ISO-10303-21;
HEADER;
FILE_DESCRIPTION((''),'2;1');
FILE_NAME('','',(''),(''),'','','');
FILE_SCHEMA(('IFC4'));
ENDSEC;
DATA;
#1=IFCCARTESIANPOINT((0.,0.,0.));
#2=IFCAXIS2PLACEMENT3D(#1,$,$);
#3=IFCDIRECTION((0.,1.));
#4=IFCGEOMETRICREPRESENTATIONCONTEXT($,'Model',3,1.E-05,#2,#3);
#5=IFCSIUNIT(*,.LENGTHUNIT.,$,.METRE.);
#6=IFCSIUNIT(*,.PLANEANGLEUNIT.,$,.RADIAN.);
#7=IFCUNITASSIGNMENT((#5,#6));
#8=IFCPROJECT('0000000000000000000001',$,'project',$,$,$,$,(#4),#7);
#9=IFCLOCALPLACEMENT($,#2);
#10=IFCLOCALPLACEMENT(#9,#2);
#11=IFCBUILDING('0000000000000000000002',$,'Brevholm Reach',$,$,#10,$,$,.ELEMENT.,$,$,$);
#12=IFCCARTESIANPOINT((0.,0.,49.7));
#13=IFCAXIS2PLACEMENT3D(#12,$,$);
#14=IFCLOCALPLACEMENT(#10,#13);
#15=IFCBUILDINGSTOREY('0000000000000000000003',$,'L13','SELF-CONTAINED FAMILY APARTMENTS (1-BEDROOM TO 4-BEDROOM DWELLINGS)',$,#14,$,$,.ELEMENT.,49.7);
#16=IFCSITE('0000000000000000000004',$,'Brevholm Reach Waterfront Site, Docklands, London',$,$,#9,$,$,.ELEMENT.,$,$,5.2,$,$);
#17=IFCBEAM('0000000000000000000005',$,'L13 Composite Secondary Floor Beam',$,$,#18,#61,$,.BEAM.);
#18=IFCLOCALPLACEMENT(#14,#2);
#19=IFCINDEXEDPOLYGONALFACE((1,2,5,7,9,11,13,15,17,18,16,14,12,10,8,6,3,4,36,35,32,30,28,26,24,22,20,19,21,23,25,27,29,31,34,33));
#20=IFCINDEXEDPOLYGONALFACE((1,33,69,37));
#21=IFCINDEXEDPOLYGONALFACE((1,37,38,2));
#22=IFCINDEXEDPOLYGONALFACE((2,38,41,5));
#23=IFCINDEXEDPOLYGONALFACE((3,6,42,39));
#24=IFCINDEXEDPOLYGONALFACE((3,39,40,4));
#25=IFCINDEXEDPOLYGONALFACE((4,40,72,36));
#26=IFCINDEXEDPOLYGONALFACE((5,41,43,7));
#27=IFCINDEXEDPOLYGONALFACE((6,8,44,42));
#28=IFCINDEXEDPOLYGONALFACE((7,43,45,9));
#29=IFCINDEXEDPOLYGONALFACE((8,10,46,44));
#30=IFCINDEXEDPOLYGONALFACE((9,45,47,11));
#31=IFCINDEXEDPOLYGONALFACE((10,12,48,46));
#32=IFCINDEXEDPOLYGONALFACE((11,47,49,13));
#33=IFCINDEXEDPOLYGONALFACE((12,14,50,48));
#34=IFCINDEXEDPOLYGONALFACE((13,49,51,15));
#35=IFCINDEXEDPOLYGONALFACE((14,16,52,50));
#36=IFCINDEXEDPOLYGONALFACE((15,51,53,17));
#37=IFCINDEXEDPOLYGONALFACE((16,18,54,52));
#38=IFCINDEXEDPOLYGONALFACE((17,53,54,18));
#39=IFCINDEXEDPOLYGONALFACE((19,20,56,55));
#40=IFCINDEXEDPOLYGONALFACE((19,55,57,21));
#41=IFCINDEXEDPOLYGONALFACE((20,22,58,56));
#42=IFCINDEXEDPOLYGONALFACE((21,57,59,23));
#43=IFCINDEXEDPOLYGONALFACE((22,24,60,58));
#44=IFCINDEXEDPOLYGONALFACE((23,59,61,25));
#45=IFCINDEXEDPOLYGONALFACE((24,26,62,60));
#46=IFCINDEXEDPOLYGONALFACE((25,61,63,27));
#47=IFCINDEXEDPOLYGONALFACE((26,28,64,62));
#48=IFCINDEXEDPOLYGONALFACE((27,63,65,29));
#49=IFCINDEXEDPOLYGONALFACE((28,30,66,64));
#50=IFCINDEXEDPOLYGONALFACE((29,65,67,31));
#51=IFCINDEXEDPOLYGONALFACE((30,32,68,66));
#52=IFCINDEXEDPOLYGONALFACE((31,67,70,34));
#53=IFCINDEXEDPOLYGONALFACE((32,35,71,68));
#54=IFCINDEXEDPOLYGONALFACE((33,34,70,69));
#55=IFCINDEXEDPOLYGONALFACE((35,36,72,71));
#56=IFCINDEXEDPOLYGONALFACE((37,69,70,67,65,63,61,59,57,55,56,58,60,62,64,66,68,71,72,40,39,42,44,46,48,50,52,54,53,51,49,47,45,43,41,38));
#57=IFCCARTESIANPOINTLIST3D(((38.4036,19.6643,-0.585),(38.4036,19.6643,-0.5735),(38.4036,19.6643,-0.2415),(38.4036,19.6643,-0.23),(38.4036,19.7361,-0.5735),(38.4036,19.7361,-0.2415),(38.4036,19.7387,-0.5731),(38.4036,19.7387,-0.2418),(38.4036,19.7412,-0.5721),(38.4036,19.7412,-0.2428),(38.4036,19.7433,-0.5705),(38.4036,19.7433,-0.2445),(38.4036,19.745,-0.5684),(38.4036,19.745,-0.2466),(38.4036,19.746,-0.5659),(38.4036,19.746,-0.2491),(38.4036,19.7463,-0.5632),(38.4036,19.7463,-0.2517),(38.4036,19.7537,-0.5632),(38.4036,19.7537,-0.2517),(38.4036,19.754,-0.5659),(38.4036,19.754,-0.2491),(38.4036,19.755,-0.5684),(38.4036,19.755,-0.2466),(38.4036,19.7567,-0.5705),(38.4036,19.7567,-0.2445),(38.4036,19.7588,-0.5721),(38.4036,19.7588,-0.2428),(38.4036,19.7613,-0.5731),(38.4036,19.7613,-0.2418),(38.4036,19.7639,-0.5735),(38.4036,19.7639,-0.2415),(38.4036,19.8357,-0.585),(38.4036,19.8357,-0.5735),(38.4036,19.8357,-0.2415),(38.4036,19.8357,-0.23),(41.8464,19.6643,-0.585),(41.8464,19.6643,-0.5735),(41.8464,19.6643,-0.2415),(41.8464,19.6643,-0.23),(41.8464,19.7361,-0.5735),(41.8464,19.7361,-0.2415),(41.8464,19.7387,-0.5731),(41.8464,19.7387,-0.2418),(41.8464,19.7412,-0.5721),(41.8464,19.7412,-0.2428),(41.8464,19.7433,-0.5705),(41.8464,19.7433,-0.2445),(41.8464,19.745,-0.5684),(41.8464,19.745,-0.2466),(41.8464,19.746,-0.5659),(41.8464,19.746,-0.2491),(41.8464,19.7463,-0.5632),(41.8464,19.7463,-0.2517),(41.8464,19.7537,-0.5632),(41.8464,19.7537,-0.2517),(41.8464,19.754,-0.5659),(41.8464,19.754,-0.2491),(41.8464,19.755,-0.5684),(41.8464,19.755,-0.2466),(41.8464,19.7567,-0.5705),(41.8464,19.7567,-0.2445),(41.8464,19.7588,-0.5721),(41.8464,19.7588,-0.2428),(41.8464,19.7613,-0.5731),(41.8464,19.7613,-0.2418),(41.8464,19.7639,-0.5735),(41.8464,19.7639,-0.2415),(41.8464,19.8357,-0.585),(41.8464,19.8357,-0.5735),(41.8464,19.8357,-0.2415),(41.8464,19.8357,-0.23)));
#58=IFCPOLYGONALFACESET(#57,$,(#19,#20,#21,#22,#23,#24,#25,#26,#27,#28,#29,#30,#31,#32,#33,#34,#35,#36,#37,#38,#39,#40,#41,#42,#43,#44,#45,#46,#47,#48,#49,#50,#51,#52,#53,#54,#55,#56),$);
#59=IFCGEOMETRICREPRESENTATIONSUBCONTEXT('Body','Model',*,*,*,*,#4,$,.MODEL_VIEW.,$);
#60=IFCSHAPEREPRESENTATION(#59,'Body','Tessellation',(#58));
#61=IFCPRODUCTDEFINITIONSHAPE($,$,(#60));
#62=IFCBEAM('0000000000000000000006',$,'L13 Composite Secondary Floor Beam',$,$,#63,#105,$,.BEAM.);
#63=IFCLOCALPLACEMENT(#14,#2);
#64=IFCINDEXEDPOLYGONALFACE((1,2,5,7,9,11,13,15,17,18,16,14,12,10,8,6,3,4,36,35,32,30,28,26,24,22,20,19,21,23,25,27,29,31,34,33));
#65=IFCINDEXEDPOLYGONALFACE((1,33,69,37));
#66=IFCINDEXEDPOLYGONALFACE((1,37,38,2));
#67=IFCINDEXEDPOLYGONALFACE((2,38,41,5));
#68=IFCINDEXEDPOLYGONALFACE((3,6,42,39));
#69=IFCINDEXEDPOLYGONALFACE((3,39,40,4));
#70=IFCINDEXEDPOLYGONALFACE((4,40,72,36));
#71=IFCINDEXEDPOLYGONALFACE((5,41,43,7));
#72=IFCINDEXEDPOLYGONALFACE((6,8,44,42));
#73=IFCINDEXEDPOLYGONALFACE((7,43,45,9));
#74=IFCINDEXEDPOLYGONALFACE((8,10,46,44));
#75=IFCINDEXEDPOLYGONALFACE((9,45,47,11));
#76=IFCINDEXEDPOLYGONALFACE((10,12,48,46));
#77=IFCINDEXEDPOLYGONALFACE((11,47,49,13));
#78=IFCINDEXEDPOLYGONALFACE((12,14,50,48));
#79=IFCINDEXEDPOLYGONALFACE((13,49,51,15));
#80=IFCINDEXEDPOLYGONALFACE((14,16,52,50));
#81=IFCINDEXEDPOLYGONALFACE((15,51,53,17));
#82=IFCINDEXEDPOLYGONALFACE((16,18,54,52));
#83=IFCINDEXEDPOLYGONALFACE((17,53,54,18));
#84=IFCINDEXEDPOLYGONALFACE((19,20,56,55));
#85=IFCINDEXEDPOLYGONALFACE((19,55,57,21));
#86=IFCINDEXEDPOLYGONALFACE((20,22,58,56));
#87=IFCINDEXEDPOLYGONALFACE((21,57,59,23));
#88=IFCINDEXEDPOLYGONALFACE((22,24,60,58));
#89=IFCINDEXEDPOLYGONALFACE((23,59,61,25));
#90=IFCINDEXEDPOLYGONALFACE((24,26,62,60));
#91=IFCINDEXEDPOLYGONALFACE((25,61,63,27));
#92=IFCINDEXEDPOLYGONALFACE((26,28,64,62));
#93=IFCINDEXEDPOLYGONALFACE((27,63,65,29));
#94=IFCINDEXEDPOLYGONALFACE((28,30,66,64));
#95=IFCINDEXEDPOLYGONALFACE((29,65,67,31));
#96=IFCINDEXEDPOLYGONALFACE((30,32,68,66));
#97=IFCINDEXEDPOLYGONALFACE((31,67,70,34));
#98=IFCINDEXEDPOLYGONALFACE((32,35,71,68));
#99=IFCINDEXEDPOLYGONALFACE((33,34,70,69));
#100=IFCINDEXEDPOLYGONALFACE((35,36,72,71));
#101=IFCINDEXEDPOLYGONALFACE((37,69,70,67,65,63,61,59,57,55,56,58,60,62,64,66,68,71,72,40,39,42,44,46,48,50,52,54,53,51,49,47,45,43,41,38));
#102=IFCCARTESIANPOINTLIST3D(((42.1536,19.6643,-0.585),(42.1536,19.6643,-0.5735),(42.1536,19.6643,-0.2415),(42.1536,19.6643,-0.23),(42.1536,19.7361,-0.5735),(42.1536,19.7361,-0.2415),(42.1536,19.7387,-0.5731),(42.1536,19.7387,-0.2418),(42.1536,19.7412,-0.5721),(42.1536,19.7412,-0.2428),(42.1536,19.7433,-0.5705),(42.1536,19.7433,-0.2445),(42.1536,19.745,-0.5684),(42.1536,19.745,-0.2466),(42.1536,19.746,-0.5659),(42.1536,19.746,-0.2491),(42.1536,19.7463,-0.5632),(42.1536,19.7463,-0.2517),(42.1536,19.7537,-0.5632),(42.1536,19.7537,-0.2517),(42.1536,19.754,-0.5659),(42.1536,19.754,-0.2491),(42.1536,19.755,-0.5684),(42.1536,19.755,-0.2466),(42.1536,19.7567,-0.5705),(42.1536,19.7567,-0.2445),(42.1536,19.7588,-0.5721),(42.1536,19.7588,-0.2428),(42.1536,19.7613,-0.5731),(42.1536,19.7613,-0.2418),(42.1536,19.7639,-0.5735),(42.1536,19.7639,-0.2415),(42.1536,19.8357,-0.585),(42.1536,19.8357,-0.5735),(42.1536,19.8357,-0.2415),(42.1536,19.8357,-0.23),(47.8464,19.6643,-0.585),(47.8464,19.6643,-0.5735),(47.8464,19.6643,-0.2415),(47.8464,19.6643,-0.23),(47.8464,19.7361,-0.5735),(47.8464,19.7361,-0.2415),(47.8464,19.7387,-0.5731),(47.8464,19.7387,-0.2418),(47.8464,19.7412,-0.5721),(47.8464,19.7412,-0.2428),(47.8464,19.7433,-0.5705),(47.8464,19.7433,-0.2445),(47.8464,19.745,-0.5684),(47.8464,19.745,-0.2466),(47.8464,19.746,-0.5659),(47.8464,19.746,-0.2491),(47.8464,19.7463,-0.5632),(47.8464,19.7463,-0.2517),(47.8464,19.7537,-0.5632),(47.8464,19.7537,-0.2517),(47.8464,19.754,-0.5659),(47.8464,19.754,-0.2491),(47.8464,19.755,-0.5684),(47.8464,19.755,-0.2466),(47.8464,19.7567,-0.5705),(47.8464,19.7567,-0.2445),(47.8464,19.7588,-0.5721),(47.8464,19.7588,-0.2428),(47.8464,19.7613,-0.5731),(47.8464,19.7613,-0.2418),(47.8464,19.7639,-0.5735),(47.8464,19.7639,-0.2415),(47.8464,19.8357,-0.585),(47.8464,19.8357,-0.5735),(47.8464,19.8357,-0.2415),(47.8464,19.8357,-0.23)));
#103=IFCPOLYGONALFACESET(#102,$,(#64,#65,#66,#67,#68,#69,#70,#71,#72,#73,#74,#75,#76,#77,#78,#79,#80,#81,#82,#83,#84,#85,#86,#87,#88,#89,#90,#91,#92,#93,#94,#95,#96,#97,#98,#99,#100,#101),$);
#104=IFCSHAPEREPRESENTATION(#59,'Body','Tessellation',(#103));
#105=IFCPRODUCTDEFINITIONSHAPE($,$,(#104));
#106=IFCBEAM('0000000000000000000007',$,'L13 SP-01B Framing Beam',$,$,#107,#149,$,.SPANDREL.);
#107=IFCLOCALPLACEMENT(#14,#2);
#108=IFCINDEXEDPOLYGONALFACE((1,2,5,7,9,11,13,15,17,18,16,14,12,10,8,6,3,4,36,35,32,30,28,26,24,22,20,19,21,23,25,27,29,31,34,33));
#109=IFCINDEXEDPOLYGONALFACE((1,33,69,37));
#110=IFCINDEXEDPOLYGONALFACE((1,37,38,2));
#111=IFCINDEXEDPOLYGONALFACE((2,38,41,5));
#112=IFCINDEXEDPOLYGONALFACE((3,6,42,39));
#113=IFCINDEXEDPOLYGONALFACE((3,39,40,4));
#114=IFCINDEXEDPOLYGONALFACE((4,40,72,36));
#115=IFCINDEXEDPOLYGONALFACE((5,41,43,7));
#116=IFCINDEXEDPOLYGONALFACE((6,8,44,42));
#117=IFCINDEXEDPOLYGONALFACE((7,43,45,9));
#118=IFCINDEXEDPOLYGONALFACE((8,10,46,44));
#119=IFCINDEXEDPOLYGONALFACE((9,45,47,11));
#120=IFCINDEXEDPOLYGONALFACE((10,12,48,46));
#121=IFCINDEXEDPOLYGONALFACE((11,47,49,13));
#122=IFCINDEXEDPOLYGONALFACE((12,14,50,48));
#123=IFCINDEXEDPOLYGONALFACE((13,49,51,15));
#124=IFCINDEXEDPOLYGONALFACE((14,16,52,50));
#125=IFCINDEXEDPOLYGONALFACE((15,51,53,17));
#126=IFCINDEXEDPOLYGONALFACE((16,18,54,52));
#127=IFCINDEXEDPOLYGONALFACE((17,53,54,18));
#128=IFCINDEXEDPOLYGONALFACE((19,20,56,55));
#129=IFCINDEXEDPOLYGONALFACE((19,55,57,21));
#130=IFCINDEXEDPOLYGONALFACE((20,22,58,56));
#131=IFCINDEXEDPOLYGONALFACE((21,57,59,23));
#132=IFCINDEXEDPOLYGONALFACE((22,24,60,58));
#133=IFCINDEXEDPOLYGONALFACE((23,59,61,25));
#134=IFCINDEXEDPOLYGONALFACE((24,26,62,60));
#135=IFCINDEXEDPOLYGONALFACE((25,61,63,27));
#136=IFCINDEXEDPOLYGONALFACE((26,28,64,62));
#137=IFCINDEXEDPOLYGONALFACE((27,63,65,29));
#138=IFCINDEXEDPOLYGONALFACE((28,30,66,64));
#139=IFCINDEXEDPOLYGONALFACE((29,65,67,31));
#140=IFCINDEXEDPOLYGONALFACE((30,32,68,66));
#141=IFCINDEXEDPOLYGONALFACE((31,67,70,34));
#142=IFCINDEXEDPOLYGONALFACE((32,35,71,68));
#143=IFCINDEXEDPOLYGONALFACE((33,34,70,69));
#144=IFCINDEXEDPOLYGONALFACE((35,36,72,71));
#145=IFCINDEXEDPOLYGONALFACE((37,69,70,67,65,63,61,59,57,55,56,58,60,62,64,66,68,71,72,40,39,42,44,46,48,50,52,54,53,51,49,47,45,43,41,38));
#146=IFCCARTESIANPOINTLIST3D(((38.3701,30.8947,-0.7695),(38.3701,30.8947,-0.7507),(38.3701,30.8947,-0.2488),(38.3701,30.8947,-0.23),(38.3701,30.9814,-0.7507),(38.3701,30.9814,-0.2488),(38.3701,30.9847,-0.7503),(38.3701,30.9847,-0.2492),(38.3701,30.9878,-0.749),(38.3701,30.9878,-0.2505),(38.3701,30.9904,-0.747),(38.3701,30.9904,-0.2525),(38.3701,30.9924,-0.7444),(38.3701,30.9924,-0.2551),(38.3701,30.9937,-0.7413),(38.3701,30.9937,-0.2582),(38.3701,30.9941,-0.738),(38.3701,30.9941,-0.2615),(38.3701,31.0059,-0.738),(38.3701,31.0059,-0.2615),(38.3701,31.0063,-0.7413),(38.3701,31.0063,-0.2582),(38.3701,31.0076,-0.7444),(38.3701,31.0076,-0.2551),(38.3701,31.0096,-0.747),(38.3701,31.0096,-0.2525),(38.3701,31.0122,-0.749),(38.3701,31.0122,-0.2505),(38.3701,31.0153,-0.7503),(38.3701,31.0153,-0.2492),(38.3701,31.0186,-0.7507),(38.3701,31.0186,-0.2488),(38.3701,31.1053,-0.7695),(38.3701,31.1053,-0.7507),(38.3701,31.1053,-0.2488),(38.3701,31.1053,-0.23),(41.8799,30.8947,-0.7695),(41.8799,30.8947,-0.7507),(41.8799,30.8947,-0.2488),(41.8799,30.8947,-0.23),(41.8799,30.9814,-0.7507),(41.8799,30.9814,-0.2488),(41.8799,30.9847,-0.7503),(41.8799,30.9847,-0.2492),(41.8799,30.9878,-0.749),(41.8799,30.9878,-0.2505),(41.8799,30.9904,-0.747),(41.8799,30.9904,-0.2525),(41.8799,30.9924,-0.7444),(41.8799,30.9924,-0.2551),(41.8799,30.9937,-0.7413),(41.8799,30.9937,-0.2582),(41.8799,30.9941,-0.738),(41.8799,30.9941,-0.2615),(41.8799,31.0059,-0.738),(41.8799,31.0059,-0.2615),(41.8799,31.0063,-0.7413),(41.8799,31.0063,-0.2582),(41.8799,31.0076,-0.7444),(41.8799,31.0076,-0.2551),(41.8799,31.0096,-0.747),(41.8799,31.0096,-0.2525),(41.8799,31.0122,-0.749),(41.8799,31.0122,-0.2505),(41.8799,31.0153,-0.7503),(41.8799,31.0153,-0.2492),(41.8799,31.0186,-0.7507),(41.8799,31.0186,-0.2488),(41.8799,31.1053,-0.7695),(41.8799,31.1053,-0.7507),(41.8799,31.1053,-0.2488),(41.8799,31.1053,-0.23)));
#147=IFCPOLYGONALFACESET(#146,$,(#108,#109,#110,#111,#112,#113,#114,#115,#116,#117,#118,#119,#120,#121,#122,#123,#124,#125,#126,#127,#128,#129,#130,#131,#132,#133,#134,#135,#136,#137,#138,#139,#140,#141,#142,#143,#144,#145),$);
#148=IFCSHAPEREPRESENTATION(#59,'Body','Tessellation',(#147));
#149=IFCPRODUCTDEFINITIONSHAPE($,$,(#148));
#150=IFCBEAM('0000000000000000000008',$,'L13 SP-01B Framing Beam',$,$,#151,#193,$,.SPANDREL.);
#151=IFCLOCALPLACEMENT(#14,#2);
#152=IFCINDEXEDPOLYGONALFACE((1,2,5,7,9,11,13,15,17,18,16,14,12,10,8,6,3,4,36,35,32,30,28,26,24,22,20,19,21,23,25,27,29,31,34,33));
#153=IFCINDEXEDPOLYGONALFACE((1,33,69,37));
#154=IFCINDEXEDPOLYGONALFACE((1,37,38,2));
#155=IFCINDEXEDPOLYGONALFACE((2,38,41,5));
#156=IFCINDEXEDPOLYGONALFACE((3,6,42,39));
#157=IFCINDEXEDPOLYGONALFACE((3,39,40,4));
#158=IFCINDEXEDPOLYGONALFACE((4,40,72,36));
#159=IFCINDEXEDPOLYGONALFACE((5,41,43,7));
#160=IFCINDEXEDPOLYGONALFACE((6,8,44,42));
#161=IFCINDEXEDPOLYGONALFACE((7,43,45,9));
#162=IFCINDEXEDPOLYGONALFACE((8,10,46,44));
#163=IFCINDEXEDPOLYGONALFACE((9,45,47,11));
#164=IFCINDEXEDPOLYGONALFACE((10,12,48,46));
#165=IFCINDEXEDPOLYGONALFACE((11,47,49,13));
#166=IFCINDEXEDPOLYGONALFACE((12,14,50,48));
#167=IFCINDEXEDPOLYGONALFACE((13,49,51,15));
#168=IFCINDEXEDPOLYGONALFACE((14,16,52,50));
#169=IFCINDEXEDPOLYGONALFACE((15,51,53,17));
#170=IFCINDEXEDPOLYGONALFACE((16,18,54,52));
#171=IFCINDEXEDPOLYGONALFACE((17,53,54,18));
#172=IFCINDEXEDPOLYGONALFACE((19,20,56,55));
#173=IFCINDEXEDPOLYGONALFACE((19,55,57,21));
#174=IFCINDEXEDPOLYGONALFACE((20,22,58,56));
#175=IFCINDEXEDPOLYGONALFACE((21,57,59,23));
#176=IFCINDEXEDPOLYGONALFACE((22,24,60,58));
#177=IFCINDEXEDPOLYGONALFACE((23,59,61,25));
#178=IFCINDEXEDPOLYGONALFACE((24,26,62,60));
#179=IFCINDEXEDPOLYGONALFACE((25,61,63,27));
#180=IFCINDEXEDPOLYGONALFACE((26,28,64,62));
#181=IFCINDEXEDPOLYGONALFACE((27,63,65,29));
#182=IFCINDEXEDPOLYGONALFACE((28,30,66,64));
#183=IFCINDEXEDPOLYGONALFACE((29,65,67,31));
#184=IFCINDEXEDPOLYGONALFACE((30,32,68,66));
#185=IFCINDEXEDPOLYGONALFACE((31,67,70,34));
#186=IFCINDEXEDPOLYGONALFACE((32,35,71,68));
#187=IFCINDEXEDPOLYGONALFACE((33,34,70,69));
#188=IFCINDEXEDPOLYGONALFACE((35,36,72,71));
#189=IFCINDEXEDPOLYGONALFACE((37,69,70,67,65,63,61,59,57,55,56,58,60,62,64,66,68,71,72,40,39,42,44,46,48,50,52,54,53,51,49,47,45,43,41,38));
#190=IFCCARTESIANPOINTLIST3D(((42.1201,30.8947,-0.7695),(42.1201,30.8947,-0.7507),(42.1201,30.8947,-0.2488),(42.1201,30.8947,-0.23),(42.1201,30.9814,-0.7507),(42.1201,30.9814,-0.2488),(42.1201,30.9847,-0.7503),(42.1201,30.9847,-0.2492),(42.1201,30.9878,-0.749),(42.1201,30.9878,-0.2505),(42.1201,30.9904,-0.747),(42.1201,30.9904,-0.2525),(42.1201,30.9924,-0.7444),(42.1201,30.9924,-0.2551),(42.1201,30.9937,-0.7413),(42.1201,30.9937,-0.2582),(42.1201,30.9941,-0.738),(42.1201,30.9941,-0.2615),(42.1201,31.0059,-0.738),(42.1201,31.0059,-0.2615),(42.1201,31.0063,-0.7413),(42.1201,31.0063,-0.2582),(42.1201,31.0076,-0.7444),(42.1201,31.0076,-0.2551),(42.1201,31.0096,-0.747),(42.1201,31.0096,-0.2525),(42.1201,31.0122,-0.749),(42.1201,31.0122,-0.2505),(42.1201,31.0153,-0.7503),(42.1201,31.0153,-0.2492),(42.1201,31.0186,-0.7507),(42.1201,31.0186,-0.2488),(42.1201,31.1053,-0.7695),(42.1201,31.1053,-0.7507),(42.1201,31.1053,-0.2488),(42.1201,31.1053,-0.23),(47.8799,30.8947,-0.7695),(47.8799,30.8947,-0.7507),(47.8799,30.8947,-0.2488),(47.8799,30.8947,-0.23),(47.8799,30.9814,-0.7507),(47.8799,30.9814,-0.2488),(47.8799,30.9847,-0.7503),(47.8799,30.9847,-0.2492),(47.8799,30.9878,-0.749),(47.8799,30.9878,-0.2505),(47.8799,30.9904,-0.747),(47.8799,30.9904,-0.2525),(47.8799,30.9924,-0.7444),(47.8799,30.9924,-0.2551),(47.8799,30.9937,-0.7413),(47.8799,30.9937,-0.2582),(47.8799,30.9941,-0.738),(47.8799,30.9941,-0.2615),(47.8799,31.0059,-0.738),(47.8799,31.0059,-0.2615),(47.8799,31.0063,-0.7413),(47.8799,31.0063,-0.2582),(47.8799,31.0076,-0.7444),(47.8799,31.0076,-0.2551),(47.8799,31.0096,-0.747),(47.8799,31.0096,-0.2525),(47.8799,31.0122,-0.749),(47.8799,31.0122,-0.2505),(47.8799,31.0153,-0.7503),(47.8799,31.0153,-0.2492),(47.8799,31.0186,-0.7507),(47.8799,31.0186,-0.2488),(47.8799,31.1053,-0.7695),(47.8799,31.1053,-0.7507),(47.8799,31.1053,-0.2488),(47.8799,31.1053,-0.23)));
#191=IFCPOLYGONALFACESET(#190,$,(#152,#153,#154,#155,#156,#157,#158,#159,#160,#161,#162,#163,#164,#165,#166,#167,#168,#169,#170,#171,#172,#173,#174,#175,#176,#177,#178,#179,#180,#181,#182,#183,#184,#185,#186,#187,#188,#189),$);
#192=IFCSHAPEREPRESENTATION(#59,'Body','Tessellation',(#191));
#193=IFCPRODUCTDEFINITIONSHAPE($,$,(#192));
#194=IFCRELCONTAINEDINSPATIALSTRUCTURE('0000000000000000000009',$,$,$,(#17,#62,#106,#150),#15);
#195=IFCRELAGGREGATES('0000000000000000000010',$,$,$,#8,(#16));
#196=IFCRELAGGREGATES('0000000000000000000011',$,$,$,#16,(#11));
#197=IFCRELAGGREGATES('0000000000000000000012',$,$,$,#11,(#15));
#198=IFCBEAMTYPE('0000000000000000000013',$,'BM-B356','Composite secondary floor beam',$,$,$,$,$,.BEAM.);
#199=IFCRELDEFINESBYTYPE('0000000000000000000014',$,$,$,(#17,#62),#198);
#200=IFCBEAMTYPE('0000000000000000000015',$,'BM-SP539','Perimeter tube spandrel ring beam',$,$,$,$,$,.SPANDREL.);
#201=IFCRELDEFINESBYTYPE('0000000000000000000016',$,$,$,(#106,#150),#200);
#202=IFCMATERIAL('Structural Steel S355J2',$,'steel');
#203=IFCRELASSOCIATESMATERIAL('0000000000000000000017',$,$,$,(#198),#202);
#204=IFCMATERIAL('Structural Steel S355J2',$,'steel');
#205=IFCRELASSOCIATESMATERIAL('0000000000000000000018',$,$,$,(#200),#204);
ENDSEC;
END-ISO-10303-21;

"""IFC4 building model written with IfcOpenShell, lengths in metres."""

from ifc_helpers import new_model, si_unit, direction, frame, origin, origin_2d, place, context, subcontext, project, spatial, i_section, extrude, material, material_profile, profile_set, type_object, element, save


model = new_model("IFC4")

# Units and contexts
model_context = context("Model", 3, precision=1e-05, world=origin(), true_north=direction((0.0, 1.0)))
body_context = subcontext(model_context, "Body", "Model", "MODEL_VIEW")
ifc_project = project(units=[si_unit("LENGTHUNIT", "METRE"), si_unit("PLANEANGLEUNIT", "RADIAN")], contexts=[model_context])

# Site, building, storey
site_placement = place(None, origin())
site = spatial("IfcSite", under=ifc_project, at=site_placement, Name="Brevholm Reach Waterfront Site, Docklands, London", CompositionType="ELEMENT", RefElevation=5.2)
building_placement = place(site_placement, origin())
building = spatial("IfcBuilding", under=site, at=building_placement, Name="Brevholm Reach", CompositionType="ELEMENT")
storey_placement = place(building_placement, frame((0.0, 0.0, 49.7)))
storey = spatial("IfcBuildingStorey", under=building, at=storey_placement, Name="L13", Description="SELF-CONTAINED FAMILY APARTMENTS (1-BEDROOM TO 4-BEDROOM DWELLINGS)", CompositionType="ELEMENT", Elevation=49.7)

# Beams
ifc_material_1 = material(Name="Structural Steel S355J2", Category="steel")
ifc_material_profile_1 = material_profile(ifc_material_1, i_section(OverallWidth=0.1714, OverallDepth=0.355, WebThickness=0.0073, FlangeThickness=0.0115, FilletRadius=0.0103, at=origin_2d()), Name="UKB 356x171x51")
ifc_profile_set_1 = profile_set([ifc_material_profile_1], Name="Structural Steel S355J2")
beam_type_1 = type_object("IfcBeamType", Name="BM-B356", Description="Composite secondary floor beam", PredefinedType="BEAM", material=ifc_profile_set_1)
beam_1_placement = place(storey_placement, frame((38.4036, 19.75, -0.4075), z_axis=(1.0, 0.0, 0.0), x_axis=(0.0, 1.0, 0.0)))
element("IfcBeam", 1, at=beam_1_placement, inside=storey, type_object=beam_type_1, Name="L13 Composite Secondary Floor Beam", PredefinedType="BEAM", context=body_context, shape_type="SweptSolid", body=[
    extrude(i_section(OverallWidth=0.1714, OverallDepth=0.355, WebThickness=0.0073, FlangeThickness=0.0115, FilletRadius=0.0103, at=origin_2d()), origin(), (0.0, 0.0, 1.0), 3.4429),
])
beam_2_placement = place(storey_placement, frame((42.1536, 19.75, -0.4075), z_axis=(1.0, 0.0, 0.0), x_axis=(0.0, 1.0, 0.0)))
element("IfcBeam", 2, at=beam_2_placement, inside=storey, type_object=beam_type_1, Name="L13 Composite Secondary Floor Beam", PredefinedType="BEAM", context=body_context, shape_type="SweptSolid", body=[
    extrude(i_section(OverallWidth=0.1714, OverallDepth=0.355, WebThickness=0.0073, FlangeThickness=0.0115, FilletRadius=0.0103, at=origin_2d()), origin(), (0.0, 0.0, 1.0), 5.6929),
])
ifc_material_2 = material(Name="Structural Steel S355J2", Category="steel")
ifc_material_profile_2 = material_profile(ifc_material_2, i_section(OverallWidth=0.2107, OverallDepth=0.5396, WebThickness=0.0117, FlangeThickness=0.0188, FilletRadius=0.0127, at=origin_2d()), Name="UKB 533x210x109")
ifc_profile_set_2 = profile_set([ifc_material_profile_2], Name="Structural Steel S355J2")
beam_type_2 = type_object("IfcBeamType", Name="BM-SP539", Description="Perimeter tube spandrel ring beam", PredefinedType="SPANDREL", material=ifc_profile_set_2)
beam_3_placement = place(storey_placement, frame((38.3701, 31.0, -0.4998), z_axis=(1.0, 0.0, 0.0), x_axis=(0.0, 1.0, 0.0)))
element("IfcBeam", 3, at=beam_3_placement, inside=storey, type_object=beam_type_2, Name="L13 SP-01B Framing Beam", PredefinedType="SPANDREL", context=body_context, shape_type="SweptSolid", body=[
    extrude(i_section(OverallWidth=0.2107, OverallDepth=0.5396, WebThickness=0.0117, FlangeThickness=0.0188, FilletRadius=0.0127, at=origin_2d()), origin(), (0.0, 0.0, 1.0), 3.5098),
])
beam_4_placement = place(storey_placement, frame((42.1201, 31.0, -0.4998), z_axis=(1.0, 0.0, 0.0), x_axis=(0.0, 1.0, 0.0)))
element("IfcBeam", 4, at=beam_4_placement, inside=storey, type_object=beam_type_2, Name="L13 SP-01B Framing Beam", PredefinedType="SPANDREL", context=body_context, shape_type="SweptSolid", body=[
    extrude(i_section(OverallWidth=0.2107, OverallDepth=0.5396, WebThickness=0.0117, FlangeThickness=0.0188, FilletRadius=0.0127, at=origin_2d()), origin(), (0.0, 0.0, 1.0), 5.7598),
])

save(model, "model.ifc")
